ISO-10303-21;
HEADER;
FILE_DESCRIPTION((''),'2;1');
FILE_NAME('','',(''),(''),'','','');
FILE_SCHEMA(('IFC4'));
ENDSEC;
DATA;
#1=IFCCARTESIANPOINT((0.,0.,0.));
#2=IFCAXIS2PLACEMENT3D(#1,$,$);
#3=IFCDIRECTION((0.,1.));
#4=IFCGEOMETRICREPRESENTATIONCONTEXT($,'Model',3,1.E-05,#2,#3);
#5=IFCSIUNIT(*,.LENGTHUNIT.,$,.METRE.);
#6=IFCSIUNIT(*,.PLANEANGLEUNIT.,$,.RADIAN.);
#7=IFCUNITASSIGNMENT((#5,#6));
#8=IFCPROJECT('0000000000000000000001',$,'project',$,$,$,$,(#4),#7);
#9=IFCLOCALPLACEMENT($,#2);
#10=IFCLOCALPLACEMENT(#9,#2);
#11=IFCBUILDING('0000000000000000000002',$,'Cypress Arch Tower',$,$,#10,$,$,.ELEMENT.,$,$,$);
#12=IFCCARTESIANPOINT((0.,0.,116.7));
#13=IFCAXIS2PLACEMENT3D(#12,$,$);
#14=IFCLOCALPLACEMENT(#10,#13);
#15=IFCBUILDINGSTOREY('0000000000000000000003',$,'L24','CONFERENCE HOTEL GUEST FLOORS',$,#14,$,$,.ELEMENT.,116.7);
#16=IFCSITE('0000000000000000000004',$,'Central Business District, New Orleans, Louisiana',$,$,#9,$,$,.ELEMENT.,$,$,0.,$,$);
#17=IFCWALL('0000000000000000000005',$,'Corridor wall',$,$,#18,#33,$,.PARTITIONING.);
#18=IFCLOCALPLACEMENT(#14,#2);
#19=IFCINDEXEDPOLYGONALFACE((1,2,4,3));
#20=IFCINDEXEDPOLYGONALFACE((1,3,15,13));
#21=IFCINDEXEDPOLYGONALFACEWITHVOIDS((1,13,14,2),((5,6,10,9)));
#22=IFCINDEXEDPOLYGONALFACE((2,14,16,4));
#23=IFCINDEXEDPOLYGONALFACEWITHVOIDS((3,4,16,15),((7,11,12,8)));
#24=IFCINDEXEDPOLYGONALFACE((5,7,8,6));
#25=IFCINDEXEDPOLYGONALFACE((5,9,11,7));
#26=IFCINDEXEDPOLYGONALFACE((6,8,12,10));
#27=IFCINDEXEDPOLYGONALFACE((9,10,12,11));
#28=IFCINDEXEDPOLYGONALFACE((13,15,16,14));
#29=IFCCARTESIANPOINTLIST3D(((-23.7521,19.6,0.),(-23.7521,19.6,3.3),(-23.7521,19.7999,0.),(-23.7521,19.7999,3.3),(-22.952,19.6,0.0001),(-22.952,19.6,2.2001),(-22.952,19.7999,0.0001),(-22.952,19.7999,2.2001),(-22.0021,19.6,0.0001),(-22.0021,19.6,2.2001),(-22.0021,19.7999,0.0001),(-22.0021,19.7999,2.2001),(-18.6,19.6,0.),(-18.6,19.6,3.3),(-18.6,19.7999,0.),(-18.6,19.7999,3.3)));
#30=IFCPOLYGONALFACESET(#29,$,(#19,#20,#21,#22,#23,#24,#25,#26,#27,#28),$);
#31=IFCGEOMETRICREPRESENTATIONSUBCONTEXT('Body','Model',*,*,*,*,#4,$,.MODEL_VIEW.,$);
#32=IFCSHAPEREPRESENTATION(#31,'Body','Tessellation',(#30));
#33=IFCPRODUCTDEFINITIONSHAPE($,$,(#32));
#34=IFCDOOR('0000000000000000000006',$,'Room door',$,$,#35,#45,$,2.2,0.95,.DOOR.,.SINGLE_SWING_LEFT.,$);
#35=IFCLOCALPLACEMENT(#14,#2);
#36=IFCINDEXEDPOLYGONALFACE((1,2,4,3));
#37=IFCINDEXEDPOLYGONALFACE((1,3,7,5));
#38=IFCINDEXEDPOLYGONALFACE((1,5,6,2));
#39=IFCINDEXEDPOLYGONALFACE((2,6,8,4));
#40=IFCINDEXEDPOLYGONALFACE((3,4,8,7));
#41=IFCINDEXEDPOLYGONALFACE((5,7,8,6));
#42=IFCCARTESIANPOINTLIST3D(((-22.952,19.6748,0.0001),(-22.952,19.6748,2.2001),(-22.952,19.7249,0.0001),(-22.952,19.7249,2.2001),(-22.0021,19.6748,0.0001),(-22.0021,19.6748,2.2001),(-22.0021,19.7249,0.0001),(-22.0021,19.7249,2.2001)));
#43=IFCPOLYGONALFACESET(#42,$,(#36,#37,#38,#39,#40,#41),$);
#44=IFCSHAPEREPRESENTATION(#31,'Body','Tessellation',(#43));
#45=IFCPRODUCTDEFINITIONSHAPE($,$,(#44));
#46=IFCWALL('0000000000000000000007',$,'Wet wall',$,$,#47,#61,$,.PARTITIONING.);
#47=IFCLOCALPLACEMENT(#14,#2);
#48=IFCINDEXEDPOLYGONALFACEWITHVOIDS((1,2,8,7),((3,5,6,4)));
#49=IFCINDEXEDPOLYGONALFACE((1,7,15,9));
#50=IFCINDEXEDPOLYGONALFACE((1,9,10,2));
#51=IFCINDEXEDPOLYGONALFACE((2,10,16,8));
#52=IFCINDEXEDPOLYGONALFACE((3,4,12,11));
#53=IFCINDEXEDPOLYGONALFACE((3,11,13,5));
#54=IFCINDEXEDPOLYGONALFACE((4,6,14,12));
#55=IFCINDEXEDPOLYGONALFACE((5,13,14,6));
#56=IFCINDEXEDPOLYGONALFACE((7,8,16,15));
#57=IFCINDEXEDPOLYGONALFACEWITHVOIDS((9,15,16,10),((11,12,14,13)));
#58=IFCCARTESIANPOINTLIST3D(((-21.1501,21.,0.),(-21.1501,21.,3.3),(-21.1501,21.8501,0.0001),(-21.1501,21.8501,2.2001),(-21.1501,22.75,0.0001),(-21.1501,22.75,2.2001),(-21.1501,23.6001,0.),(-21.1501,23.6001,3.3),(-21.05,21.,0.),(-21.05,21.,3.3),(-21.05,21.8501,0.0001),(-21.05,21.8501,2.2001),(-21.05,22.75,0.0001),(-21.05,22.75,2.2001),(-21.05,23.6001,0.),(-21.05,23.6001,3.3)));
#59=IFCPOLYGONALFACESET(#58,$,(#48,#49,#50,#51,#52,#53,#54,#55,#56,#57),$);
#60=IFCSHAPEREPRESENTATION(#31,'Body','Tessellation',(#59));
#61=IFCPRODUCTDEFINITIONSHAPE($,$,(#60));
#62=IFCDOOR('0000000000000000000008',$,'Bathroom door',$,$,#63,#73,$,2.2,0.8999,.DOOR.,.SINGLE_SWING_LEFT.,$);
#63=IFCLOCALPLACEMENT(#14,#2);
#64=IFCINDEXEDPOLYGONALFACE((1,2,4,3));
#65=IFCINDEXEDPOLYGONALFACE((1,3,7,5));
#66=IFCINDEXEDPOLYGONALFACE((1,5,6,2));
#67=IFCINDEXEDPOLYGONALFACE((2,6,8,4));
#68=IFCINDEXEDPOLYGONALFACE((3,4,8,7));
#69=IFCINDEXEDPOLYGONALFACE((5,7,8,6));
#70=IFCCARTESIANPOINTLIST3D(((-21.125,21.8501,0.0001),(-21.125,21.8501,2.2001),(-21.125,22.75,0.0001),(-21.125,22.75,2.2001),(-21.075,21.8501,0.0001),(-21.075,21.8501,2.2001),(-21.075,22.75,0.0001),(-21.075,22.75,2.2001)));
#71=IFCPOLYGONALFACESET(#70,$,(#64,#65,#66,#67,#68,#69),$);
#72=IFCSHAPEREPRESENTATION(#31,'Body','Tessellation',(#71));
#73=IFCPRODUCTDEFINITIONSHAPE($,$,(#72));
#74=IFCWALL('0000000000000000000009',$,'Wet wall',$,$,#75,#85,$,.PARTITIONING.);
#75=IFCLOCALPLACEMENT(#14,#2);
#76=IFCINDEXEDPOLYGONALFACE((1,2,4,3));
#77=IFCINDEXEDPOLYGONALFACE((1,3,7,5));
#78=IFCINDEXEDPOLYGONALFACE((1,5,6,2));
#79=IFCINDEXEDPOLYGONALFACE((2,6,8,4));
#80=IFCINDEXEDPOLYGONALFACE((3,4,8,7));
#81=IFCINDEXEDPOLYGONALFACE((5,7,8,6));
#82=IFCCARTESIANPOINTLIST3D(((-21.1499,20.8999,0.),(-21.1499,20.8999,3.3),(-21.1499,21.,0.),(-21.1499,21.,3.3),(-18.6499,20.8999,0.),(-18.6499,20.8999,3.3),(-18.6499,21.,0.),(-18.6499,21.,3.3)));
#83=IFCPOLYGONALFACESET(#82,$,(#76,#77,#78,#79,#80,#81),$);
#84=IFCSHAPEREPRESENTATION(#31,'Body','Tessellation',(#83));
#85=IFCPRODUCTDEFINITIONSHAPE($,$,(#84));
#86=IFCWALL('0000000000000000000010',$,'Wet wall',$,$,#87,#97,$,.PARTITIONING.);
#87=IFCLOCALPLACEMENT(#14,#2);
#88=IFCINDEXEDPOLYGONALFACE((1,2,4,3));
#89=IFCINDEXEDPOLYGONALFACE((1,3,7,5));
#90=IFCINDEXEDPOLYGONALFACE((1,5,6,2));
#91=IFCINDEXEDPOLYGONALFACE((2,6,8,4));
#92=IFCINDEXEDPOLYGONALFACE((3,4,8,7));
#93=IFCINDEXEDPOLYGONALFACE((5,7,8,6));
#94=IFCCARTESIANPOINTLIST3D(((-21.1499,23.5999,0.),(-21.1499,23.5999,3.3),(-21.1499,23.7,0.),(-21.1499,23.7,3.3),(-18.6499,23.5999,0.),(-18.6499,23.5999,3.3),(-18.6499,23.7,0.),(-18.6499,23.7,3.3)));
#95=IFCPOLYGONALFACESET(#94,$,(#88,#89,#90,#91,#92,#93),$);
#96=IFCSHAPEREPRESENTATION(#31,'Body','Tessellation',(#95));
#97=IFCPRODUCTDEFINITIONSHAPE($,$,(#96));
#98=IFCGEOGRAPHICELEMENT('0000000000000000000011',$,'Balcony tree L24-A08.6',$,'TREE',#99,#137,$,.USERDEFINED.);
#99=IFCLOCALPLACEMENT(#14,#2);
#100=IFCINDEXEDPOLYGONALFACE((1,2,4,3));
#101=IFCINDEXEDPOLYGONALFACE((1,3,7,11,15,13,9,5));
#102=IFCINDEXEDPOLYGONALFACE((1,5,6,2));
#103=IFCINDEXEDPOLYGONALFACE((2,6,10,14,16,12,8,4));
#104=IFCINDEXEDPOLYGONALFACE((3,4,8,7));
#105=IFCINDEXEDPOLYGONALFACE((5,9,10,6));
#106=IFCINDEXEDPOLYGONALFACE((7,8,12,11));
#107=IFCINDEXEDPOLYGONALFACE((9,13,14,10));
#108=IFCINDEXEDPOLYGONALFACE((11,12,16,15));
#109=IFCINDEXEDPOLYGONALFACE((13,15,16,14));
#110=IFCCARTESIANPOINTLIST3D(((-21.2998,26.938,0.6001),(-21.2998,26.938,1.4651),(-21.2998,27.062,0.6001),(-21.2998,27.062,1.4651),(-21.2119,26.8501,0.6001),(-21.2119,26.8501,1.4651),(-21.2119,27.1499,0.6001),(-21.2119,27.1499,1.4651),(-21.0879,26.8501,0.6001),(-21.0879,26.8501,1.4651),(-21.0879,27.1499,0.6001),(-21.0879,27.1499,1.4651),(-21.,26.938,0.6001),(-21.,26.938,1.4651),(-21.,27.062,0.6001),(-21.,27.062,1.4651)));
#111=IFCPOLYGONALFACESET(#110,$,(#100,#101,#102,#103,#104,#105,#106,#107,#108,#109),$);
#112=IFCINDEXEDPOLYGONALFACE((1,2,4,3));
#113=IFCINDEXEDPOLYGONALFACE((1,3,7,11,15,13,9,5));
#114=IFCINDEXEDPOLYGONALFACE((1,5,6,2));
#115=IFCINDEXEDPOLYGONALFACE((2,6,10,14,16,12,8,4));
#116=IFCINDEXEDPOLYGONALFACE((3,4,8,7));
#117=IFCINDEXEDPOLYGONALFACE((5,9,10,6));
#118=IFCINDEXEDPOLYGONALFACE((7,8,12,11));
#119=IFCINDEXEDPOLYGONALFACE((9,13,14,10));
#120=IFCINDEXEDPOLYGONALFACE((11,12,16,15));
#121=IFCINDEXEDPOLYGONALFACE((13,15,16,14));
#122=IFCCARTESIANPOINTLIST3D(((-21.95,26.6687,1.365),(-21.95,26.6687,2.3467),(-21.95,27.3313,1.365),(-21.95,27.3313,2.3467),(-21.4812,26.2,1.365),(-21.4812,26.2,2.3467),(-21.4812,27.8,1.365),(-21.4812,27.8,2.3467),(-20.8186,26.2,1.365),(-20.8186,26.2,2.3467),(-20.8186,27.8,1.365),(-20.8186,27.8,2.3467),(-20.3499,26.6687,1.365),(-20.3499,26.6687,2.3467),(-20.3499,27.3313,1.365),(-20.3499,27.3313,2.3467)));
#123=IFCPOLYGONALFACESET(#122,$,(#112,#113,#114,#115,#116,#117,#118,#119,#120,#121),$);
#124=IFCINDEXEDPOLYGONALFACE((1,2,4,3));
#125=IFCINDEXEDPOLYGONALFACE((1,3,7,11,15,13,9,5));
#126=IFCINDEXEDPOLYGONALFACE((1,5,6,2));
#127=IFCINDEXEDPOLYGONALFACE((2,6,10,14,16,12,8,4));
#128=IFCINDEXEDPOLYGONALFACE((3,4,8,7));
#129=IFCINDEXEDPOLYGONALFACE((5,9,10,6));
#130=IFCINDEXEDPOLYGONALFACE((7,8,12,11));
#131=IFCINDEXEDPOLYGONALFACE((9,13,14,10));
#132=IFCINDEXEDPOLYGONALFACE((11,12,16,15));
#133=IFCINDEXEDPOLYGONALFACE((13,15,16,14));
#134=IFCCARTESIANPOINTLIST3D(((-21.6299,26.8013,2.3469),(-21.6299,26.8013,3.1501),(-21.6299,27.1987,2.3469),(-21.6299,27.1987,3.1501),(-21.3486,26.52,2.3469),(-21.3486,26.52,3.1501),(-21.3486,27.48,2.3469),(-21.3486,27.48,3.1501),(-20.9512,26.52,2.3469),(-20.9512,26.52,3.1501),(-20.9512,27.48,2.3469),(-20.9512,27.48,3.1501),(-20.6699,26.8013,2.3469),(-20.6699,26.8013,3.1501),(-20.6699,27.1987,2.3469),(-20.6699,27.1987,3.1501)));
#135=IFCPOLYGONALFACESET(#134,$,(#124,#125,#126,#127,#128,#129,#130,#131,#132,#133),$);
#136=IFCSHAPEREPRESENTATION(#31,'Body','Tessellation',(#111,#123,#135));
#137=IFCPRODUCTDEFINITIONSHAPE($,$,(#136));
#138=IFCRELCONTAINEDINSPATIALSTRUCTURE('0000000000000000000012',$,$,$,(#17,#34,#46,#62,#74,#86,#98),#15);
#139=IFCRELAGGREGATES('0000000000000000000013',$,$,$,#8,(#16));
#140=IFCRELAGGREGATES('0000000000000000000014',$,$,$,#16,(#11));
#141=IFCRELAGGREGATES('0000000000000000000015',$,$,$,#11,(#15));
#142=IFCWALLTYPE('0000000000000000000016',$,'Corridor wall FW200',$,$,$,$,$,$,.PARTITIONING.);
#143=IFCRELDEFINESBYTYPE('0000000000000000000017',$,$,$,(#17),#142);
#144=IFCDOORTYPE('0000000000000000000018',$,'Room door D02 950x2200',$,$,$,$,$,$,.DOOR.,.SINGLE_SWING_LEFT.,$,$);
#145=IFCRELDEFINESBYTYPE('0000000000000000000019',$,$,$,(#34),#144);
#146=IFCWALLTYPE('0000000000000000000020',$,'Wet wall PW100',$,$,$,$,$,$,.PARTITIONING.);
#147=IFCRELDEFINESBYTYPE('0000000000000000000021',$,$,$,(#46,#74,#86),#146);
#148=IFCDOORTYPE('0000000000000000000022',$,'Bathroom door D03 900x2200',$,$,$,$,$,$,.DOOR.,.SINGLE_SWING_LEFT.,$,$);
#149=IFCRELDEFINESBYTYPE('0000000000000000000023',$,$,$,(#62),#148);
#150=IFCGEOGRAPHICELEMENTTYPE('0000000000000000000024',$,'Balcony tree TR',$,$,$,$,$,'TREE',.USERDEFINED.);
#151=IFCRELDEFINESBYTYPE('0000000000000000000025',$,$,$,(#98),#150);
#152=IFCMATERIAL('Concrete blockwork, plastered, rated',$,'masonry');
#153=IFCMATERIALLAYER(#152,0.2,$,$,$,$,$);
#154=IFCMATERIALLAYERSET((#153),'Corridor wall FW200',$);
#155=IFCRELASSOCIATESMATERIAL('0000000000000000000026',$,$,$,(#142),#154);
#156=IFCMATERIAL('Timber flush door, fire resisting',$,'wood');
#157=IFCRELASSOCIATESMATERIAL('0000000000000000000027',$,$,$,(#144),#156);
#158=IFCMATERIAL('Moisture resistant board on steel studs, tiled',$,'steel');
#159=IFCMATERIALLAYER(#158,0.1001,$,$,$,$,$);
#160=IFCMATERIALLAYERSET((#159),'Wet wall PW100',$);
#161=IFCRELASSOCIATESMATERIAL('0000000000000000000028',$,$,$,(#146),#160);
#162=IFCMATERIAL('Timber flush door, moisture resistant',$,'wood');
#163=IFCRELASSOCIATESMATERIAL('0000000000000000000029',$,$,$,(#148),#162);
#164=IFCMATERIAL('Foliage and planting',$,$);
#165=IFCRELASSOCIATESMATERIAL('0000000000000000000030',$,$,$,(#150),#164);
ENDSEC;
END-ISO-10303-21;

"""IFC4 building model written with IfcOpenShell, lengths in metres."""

from ifc_helpers import new_model, si_unit, direction, frame, frame_2d, origin, place, context, subcontext, project, spatial, polyline, rectangle, outline, extrude, material, layer, layer_set, type_object, element, fill, save


model = new_model("IFC4")

# Units and contexts
model_context = context("Model", 3, precision=1e-05, world=origin(), true_north=direction((0.0, 1.0)))
body_context = subcontext(model_context, "Body", "Model", "MODEL_VIEW")
ifc_project = project(units=[si_unit("LENGTHUNIT", "METRE"), si_unit("PLANEANGLEUNIT", "RADIAN")], contexts=[model_context])

# Site, building, storey
site_placement = place(None, origin())
site = spatial("IfcSite", under=ifc_project, at=site_placement, Name="Central Business District, New Orleans, Louisiana", CompositionType="ELEMENT", RefElevation=0.0)
building_placement = place(site_placement, origin())
building = spatial("IfcBuilding", under=site, at=building_placement, Name="Cypress Arch Tower", CompositionType="ELEMENT")
storey_placement = place(building_placement, frame((0.0, 0.0, 116.7)))
storey = spatial("IfcBuildingStorey", under=building, at=storey_placement, Name="L24", Description="CONFERENCE HOTEL GUEST FLOORS", CompositionType="ELEMENT", Elevation=116.7)

# Walls, openings, doors
ifc_material_1 = material(Name="Concrete blockwork, plastered, rated", Category="masonry")
ifc_layer_1 = layer(ifc_material_1, 0.2)
ifc_layer_set_1 = layer_set([ifc_layer_1], Name="Corridor wall FW200")
wall_type_1 = type_object("IfcWallType", Name="Corridor wall FW200", PredefinedType="PARTITIONING", material=ifc_layer_set_1)
wall_1_placement = place(storey_placement, frame((-23.7522, 19.7, 0.0), z_axis=(0.0, 0.0, 1.0), x_axis=(1.0, 0.0, 0.0)))
wall_1 = element("IfcWall", 1, at=wall_1_placement, inside=storey, type_object=wall_type_1, Name="Corridor wall", PredefinedType="PARTITIONING", context=body_context, shape_type="SweptSolid", body=[
    extrude(rectangle(XDim=5.1521, YDim=0.2, at=frame_2d((2.5762, 0.0))), origin(), (0.0, 0.0, 1.0), 3.3),
])
opening_1_placement = place(wall_1_placement, frame((0.8, 0.0, 0.0)))
opening_1 = element("IfcOpeningElement", 2, at=opening_1_placement, cuts=wall_1, PredefinedType="OPENING", context=body_context, shape_type="SweptSolid", body=[
    extrude(rectangle(XDim=0.95, YDim=2.2, at=frame_2d((0.4751, 1.1001))), frame((0.0, 0.1099, 0.0), z_axis=(0.0, -1.0, 0.0), x_axis=(1.0, 0.0, 0.0)), (0.0, 0.0, 1.0), 0.22),
])
ifc_material_2 = material(Name="Timber flush door, fire resisting", Category="wood")
door_type_1 = type_object("IfcDoorType", Name="Room door D02 950x2200", OperationType="SINGLE_SWING_LEFT", PredefinedType="DOOR", material=ifc_material_2)
door_1_placement = place(opening_1_placement, origin())
door_1 = element("IfcDoor", 3, at=door_1_placement, inside=storey, type_object=door_type_1, Name="Room door", OperationType="SINGLE_SWING_LEFT", OverallHeight=2.2, OverallWidth=0.95, PredefinedType="DOOR", context=body_context, shape_type="SweptSolid", body=[
    extrude(rectangle(XDim=0.95, YDim=2.2, at=frame_2d((0.4751, 1.1001))), frame((0.0, 0.0249, 0.0), z_axis=(0.0, -1.0, 0.0), x_axis=(1.0, 0.0, 0.0)), (0.0, 0.0, 1.0), 0.05),
])
fill(opening_1, door_1)
ifc_material_3 = material(Name="Moisture resistant board on steel studs, tiled", Category="steel")
ifc_layer_2 = layer(ifc_material_3, 0.1001)
ifc_layer_set_2 = layer_set([ifc_layer_2], Name="Wet wall PW100")
wall_type_2 = type_object("IfcWallType", Name="Wet wall PW100", PredefinedType="PARTITIONING", material=ifc_layer_set_2)
wall_2_placement = place(storey_placement, frame((-21.1001, 21.0, 0.0), z_axis=(0.0, 0.0, 1.0), x_axis=(0.0, 1.0, 0.0)))
wall_2 = element("IfcWall", 4, at=wall_2_placement, inside=storey, type_object=wall_type_2, Name="Wet wall", PredefinedType="PARTITIONING", context=body_context, shape_type="SweptSolid", body=[
    extrude(rectangle(XDim=2.6001, YDim=0.1001, at=frame_2d((1.3, 0.0))), origin(), (0.0, 0.0, 1.0), 3.3),
])
opening_2_placement = place(wall_2_placement, frame((0.8501, 0.0, 0.0)))
opening_2 = element("IfcOpeningElement", 5, at=opening_2_placement, cuts=wall_2, PredefinedType="OPENING", context=body_context, shape_type="SweptSolid", body=[
    extrude(rectangle(XDim=0.8999, YDim=2.2, at=frame_2d((0.45, 1.1001))), frame((0.0, 0.0601, 0.0), z_axis=(0.0, -1.0, 0.0), x_axis=(1.0, 0.0, 0.0)), (0.0, 0.0, 1.0), 0.1201),
])
ifc_material_4 = material(Name="Timber flush door, moisture resistant", Category="wood")
door_type_2 = type_object("IfcDoorType", Name="Bathroom door D03 900x2200", OperationType="SINGLE_SWING_LEFT", PredefinedType="DOOR", material=ifc_material_4)
door_2_placement = place(opening_2_placement, origin())
door_2 = element("IfcDoor", 6, at=door_2_placement, inside=storey, type_object=door_type_2, Name="Bathroom door", OperationType="SINGLE_SWING_LEFT", OverallHeight=2.2, OverallWidth=0.8999, PredefinedType="DOOR", context=body_context, shape_type="SweptSolid", body=[
    extrude(rectangle(XDim=0.8999, YDim=2.2, at=frame_2d((0.45, 1.1001))), frame((0.0, 0.0249, 0.0), z_axis=(0.0, -1.0, 0.0), x_axis=(1.0, 0.0, 0.0)), (0.0, 0.0, 1.0), 0.05),
])
fill(opening_2, door_2)

# Walls
for number, where, z_axis, x_axis, name in (
    (7, (-21.1499, 20.95, 0.0), (0.0, 0.0, 1.0), (1.0, 0.0, 0.0), "Wet wall"),
    (8, (-21.1499, 23.6499, 0.0), (0.0, 0.0, 1.0), (1.0, 0.0, 0.0), "Wet wall"),
):
    element("IfcWall", number, at=place(storey_placement, frame(where, z_axis=z_axis, x_axis=x_axis)), inside=storey, type_object=wall_type_2, Name=name, PredefinedType="PARTITIONING", context=body_context, shape_type="SweptSolid", body=[
        extrude(rectangle(XDim=2.5, YDim=0.1001, at=frame_2d((1.25, 0.0))), origin(), (0.0, 0.0, 1.0), 3.3),
    ])

# Geographic element
ifc_material_5 = material(Name="Foliage and planting")
geographic_element_type = type_object("IfcGeographicElementType", Name="Balcony tree TR", ElementType="TREE", PredefinedType="USERDEFINED", material=ifc_material_5)
geographic_element_placement = place(storey_placement, frame((-21.1499, 27.0, 0.6001), z_axis=(0.0, 0.0, 1.0), x_axis=(1.0, 0.0, 0.0)))
element("IfcGeographicElement", 9, at=geographic_element_placement, inside=storey, type_object=geographic_element_type, Name="Balcony tree L24-A08.6", ObjectType="TREE", PredefinedType="USERDEFINED", context=body_context, shape_type="SweptSolid", body=[
    extrude(outline(polyline([(0.1499, 0.062), (0.062, 0.1499), (-0.062, 0.1499), (-0.1499, 0.062), (-0.1499, -0.062), (-0.062, -0.1499), (0.062, -0.1499), (0.1499, -0.062), (0.1499, 0.062)])), origin(), (0.0, 0.0, 1.0), 0.865),
    extrude(outline(polyline([(0.8, 0.3313), (0.3313, 0.8), (-0.3313, 0.8), (-0.8, 0.3313), (-0.8, -0.3313), (-0.3313, -0.8), (0.3313, -0.8), (0.8, -0.3313), (0.8, 0.3313)])), frame((0.0, 0.0, 0.7649)), (0.0, 0.0, 1.0), 0.9817),
    extrude(outline(polyline([(0.48, 0.1987), (0.1987, 0.48), (-0.1987, 0.48), (-0.48, 0.1987), (-0.48, -0.1987), (-0.1987, -0.48), (0.1987, -0.48), (0.48, -0.1987), (0.48, 0.1987)])), frame((0.0, 0.0, 1.7468)), (0.0, 0.0, 1.0), 0.8032),
])

save(model, "model.ifc")
